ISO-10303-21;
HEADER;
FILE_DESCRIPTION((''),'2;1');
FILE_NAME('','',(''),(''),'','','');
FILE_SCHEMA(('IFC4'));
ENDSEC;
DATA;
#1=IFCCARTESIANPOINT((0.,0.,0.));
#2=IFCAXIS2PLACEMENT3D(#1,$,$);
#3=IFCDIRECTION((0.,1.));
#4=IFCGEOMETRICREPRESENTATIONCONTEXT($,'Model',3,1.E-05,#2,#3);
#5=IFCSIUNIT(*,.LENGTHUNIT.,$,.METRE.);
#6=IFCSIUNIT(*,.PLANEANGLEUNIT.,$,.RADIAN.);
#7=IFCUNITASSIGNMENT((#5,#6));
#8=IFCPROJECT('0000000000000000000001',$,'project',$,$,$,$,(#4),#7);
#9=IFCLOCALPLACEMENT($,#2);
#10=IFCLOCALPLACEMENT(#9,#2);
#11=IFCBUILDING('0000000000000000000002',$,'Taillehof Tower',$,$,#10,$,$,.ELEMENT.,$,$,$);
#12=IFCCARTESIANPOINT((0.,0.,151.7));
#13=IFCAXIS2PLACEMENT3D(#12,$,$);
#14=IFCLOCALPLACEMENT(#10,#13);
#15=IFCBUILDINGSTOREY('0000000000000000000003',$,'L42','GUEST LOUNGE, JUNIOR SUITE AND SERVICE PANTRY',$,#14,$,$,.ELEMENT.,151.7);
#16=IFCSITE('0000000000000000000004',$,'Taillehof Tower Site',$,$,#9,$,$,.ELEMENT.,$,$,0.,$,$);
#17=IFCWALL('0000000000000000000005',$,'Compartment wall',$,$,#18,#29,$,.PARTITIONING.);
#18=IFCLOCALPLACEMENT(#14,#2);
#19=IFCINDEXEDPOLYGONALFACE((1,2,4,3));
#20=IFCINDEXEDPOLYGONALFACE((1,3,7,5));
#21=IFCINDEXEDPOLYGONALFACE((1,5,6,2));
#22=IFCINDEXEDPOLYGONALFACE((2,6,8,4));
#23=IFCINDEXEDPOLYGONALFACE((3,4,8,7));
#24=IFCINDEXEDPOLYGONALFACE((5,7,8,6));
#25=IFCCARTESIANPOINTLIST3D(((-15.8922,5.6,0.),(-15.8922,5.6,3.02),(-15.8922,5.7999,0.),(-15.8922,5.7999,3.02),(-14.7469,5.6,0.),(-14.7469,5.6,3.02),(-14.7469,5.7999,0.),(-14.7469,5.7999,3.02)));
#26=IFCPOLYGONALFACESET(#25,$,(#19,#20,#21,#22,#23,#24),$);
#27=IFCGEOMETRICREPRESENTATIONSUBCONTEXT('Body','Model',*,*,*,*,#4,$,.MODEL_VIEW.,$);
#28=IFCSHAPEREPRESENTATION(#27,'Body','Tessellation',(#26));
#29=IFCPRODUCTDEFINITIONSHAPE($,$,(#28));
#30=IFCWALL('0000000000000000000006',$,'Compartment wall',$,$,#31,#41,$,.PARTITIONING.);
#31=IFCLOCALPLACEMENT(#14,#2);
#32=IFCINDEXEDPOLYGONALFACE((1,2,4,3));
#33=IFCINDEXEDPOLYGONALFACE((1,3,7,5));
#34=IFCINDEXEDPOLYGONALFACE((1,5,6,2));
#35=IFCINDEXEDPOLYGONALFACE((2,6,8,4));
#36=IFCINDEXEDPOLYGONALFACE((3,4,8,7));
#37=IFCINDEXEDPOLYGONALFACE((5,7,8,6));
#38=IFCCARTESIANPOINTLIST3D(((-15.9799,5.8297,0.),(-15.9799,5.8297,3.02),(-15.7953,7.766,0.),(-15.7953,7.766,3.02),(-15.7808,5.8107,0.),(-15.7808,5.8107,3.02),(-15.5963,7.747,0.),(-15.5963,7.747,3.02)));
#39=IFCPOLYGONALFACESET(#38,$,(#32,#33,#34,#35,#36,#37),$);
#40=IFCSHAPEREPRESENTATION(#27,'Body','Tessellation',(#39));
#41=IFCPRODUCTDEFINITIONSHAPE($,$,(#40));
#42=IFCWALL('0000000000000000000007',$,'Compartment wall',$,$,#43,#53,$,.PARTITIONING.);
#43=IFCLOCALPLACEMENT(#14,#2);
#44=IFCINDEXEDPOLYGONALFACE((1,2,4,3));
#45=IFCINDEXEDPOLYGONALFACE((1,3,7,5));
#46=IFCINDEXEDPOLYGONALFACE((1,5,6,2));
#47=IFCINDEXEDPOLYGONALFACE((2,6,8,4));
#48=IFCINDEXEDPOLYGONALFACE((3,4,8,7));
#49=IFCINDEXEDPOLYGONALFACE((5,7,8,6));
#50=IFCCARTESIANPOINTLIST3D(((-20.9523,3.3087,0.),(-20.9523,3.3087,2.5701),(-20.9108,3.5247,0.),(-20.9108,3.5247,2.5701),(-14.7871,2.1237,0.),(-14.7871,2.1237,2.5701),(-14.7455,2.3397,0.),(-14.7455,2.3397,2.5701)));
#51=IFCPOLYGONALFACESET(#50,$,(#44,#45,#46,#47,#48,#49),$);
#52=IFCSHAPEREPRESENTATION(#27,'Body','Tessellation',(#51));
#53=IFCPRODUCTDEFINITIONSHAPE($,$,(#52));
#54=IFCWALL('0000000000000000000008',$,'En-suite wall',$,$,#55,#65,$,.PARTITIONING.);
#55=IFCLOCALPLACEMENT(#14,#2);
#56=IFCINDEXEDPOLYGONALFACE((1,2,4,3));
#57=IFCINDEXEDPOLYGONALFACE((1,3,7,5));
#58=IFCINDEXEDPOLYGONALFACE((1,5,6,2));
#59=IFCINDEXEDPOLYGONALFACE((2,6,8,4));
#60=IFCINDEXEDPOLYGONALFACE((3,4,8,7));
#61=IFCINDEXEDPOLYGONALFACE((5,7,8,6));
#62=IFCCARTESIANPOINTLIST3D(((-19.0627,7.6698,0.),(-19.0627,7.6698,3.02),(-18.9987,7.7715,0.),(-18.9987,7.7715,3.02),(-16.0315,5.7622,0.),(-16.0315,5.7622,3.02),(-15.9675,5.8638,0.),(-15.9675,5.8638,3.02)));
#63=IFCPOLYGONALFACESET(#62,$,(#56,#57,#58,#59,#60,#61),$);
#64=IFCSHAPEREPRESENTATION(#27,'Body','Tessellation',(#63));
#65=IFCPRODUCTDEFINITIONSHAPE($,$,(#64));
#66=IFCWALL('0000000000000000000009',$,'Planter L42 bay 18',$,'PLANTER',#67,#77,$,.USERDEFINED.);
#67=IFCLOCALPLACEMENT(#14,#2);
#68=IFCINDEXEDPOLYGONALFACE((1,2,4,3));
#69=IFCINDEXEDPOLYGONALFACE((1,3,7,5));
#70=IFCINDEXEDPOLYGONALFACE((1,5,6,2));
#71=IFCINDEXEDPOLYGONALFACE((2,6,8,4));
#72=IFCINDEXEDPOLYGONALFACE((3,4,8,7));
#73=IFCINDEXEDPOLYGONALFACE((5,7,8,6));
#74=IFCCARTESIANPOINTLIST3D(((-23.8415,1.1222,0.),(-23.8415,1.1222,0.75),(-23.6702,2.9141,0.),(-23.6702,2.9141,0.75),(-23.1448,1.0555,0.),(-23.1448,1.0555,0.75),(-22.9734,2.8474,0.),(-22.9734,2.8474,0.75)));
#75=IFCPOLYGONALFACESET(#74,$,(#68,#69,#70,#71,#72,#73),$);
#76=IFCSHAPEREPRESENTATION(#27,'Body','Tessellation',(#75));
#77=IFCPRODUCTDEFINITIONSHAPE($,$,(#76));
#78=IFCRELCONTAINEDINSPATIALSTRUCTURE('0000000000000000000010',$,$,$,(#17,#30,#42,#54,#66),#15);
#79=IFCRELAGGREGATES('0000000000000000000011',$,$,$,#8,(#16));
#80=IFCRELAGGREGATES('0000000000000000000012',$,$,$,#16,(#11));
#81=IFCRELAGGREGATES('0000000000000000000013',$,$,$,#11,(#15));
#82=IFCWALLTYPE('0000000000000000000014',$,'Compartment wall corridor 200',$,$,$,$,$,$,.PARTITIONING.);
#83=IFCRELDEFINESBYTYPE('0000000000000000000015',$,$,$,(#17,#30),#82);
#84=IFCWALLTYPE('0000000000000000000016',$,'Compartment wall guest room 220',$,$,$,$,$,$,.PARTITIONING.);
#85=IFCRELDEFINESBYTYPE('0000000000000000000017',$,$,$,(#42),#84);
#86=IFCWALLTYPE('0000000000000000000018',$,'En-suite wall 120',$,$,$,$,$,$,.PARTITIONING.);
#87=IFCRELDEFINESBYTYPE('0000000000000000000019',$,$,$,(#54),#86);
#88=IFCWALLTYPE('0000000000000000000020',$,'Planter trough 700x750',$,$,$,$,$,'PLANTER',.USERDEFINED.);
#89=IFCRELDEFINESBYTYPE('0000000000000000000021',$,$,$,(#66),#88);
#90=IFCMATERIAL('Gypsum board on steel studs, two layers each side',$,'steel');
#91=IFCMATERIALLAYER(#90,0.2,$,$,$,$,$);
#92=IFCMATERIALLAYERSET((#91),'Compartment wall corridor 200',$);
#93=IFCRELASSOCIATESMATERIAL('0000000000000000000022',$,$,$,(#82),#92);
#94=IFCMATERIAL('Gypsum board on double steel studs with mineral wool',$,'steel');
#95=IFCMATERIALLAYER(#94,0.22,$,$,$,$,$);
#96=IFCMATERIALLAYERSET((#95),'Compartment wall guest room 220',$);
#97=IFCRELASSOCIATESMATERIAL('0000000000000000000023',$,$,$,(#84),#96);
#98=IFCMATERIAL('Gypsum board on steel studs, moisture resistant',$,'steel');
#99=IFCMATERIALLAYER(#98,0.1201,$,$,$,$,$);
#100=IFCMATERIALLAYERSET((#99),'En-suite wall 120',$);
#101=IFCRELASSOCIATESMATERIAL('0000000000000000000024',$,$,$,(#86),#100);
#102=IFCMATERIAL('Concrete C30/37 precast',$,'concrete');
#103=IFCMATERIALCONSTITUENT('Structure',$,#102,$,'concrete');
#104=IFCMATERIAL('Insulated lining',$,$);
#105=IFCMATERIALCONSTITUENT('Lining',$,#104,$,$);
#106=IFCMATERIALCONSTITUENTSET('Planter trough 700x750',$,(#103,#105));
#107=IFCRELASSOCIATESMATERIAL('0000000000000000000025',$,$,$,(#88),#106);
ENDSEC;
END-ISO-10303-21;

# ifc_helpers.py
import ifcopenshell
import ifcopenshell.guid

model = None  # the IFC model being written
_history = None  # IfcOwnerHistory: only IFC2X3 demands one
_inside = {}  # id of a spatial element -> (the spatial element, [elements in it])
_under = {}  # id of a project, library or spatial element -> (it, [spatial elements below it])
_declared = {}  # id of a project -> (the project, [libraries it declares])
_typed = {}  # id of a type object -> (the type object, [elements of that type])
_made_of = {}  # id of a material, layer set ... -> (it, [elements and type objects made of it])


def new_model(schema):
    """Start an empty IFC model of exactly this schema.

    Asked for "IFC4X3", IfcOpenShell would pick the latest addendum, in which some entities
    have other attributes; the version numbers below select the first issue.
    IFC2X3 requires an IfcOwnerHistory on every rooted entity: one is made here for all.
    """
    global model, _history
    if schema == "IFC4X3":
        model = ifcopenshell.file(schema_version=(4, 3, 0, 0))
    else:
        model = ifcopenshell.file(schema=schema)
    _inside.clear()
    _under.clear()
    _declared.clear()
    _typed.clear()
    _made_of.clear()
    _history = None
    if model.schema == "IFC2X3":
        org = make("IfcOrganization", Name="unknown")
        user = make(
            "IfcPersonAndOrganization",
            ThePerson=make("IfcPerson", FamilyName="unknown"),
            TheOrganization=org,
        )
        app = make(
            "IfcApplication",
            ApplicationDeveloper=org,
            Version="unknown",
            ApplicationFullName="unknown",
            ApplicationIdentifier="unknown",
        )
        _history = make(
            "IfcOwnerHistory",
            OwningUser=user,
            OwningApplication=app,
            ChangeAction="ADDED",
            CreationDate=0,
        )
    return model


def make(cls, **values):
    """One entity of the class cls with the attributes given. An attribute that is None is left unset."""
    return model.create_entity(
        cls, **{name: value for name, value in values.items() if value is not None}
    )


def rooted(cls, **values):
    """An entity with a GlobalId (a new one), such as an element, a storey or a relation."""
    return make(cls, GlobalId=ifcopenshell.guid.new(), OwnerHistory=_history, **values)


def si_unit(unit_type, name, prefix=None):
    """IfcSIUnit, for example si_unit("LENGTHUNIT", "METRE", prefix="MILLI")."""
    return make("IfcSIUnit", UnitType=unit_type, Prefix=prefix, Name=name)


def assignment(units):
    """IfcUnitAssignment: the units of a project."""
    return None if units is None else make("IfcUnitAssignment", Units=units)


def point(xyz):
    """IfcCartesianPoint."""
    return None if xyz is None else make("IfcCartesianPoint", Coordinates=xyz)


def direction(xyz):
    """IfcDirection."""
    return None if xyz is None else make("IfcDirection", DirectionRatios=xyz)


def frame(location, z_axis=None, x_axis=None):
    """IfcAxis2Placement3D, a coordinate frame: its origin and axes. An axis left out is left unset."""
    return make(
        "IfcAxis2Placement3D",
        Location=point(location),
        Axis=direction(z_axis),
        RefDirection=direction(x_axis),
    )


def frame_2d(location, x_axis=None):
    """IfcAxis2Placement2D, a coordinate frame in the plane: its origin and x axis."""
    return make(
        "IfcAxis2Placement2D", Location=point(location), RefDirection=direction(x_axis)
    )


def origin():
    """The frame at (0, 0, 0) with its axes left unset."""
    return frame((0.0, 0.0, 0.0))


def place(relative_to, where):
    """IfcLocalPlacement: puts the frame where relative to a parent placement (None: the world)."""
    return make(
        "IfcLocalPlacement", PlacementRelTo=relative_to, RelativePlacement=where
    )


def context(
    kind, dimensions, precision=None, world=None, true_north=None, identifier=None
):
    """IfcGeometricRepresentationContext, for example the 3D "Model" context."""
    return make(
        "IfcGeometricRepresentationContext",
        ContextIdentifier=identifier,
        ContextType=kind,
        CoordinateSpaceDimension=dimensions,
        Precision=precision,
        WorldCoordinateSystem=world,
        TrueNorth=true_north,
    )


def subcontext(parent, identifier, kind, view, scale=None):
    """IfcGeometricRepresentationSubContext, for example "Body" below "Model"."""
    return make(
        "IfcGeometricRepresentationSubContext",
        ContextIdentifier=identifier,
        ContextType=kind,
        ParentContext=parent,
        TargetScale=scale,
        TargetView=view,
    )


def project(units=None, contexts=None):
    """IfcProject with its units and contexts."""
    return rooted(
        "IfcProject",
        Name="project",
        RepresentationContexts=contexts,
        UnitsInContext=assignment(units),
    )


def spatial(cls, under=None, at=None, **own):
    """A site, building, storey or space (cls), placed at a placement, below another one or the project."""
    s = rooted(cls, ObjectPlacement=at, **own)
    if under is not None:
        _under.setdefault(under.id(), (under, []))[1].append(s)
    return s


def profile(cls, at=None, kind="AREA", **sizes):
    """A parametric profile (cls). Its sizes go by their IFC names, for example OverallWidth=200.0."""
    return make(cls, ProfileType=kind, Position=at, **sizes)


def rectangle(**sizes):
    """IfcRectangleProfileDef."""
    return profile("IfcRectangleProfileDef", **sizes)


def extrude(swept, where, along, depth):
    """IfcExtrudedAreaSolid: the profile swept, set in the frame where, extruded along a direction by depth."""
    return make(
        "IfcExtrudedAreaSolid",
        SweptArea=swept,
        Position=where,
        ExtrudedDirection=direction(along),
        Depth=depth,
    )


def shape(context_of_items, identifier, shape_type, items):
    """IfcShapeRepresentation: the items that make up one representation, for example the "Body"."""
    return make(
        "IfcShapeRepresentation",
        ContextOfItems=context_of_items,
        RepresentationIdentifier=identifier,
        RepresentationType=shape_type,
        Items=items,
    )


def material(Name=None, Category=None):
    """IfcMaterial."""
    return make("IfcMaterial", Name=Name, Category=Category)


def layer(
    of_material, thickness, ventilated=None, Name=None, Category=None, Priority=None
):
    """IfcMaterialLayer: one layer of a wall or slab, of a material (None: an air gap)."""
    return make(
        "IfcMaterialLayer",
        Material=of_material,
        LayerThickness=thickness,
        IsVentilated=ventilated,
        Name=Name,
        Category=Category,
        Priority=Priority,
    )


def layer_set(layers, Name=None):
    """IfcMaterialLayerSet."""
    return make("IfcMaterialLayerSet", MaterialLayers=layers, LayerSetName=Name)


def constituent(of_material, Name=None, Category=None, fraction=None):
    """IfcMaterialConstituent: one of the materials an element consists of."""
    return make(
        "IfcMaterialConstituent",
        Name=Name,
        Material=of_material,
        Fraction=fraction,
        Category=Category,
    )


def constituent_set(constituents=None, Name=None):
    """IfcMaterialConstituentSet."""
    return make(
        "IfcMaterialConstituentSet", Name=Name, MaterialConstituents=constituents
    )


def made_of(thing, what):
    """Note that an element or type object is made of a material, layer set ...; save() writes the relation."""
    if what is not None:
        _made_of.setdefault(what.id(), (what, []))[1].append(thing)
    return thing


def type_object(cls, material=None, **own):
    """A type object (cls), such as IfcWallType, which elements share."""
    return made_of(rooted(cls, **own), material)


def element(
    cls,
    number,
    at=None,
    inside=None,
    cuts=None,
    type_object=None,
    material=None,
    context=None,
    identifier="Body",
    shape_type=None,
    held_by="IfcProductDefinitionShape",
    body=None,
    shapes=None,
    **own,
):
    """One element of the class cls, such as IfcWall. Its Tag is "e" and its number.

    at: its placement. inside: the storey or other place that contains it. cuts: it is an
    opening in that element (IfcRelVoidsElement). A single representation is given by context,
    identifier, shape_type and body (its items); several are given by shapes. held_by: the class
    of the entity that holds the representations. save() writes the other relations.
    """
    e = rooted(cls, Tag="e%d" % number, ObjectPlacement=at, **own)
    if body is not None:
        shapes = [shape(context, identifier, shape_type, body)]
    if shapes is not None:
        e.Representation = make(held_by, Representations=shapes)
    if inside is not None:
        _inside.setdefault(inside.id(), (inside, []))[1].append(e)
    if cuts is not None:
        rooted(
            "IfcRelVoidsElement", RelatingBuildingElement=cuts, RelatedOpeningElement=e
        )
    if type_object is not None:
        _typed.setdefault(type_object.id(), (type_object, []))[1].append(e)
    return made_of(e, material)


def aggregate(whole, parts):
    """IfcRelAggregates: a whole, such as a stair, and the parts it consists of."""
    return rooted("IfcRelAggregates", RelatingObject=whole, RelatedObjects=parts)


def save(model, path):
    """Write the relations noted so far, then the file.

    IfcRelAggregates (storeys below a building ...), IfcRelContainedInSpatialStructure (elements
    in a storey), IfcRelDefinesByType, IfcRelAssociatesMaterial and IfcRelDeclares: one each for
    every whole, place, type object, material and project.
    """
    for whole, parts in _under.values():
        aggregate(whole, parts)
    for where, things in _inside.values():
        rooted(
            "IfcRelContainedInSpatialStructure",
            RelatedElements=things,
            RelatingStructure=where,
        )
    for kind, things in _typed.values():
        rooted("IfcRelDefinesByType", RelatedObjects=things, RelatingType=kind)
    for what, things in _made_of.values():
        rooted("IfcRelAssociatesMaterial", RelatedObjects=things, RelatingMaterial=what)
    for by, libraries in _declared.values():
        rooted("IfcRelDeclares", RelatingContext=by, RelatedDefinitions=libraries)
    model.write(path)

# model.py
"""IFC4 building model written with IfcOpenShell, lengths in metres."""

from ifc_helpers import new_model, si_unit, direction, frame, frame_2d, origin, place, context, subcontext, project, spatial, rectangle, extrude, material, layer, layer_set, constituent, constituent_set, type_object, element, save


model = new_model("IFC4")

# Units and contexts
model_context = context("Model", 3, precision=1e-05, world=origin(), true_north=direction((0.0, 1.0)))
body_context = subcontext(model_context, "Body", "Model", "MODEL_VIEW")
ifc_project = project(units=[si_unit("LENGTHUNIT", "METRE"), si_unit("PLANEANGLEUNIT", "RADIAN")], contexts=[model_context])

# Site, building, storey
site_placement = place(None, origin())
site = spatial("IfcSite", under=ifc_project, at=site_placement, Name="Taillehof Tower Site", CompositionType="ELEMENT", RefElevation=0.0)
building_placement = place(site_placement, origin())
building = spatial("IfcBuilding", under=site, at=building_placement, Name="Taillehof Tower", CompositionType="ELEMENT")
storey_placement = place(building_placement, frame((0.0, 0.0, 151.7)))
storey = spatial("IfcBuildingStorey", under=building, at=storey_placement, Name="L42", Description="GUEST LOUNGE, JUNIOR SUITE AND SERVICE PANTRY", CompositionType="ELEMENT", Elevation=151.7)

# Walls
ifc_material_1 = material(Name="Gypsum board on steel studs, two layers each side", Category="steel")
ifc_layer_1 = layer(ifc_material_1, 0.2)
ifc_layer_set_1 = layer_set([ifc_layer_1], Name="Compartment wall corridor 200")
wall_type_1 = type_object("IfcWallType", Name="Compartment wall corridor 200", PredefinedType="PARTITIONING", material=ifc_layer_set_1)
wall_1_placement = place(storey_placement, frame((-14.7468, 5.7, 0.0), z_axis=(0.0, 0.0, 1.0), x_axis=(-1.0, 0.0, 0.0)))
element("IfcWall", 1, at=wall_1_placement, inside=storey, type_object=wall_type_1, Name="Compartment wall", PredefinedType="PARTITIONING", context=body_context, shape_type="SweptSolid", body=[
    extrude(rectangle(XDim=1.1453, YDim=0.2, at=frame_2d((0.5728, 0.0))), origin(), (0.0, 0.0, 1.0), 3.02),
])
wall_2_placement = place(storey_placement, frame((-15.8804, 5.8201, 0.0), z_axis=(0.0, 0.0, 1.0), x_axis=(0.094892, 0.995488, 0.0)))
element("IfcWall", 2, at=wall_2_placement, inside=storey, type_object=wall_type_1, Name="Compartment wall", PredefinedType="PARTITIONING", context=body_context, shape_type="SweptSolid", body=[
    extrude(rectangle(XDim=1.9451, YDim=0.2, at=frame_2d((0.9727, 0.0))), origin(), (0.0, 0.0, 1.0), 3.02),
])
ifc_material_2 = material(Name="Gypsum board on double steel studs with mineral wool", Category="steel")
ifc_layer_2 = layer(ifc_material_2, 0.22)
ifc_layer_set_2 = layer_set([ifc_layer_2], Name="Compartment wall guest room 220")
wall_type_2 = type_object("IfcWallType", Name="Compartment wall guest room 220", PredefinedType="PARTITIONING", material=ifc_layer_set_2)
wall_3_placement = place(storey_placement, frame((-20.9316, 3.4167, 0.0), z_axis=(0.0, 0.0, 1.0), x_axis=(0.982023, -0.188759, 0.0)))
element("IfcWall", 3, at=wall_3_placement, inside=storey, type_object=wall_type_2, Name="Compartment wall", PredefinedType="PARTITIONING", context=body_context, shape_type="SweptSolid", body=[
    extrude(rectangle(XDim=6.2781, YDim=0.22, at=frame_2d((3.1392, 0.0))), origin(), (0.0, 0.0, 1.0), 2.5701),
])
ifc_material_3 = material(Name="Gypsum board on steel studs, moisture resistant", Category="steel")
ifc_layer_3 = layer(ifc_material_3, 0.1201)
ifc_layer_set_3 = layer_set([ifc_layer_3], Name="En-suite wall 120")
wall_type_3 = type_object("IfcWallType", Name="En-suite wall 120", PredefinedType="PARTITIONING", material=ifc_layer_set_3)
wall_4_placement = place(storey_placement, frame((-15.9995, 5.813, 0.0), z_axis=(0.0, 0.0, 1.0), x_axis=(-0.84634, 0.532643, 0.0)))
element("IfcWall", 4, at=wall_4_placement, inside=storey, type_object=wall_type_3, Name="En-suite wall", PredefinedType="PARTITIONING", context=body_context, shape_type="SweptSolid", body=[
    extrude(rectangle(XDim=3.5815, YDim=0.1201, at=frame_2d((1.7908, 0.0))), origin(), (0.0, 0.0, 1.0), 3.02),
])
ifc_material_4 = material(Name="Concrete C30/37 precast", Category="concrete")
ifc_constituent_1 = constituent(ifc_material_4, Name="Structure", Category="concrete")
ifc_material_5 = material(Name="Insulated lining")
ifc_constituent_2 = constituent(ifc_material_5, Name="Lining")
ifc_constituent_set = constituent_set(constituents=[ifc_constituent_1, ifc_constituent_2], Name="Planter trough 700x750")
wall_type_4 = type_object("IfcWallType", Name="Planter trough 700x750", ElementType="PLANTER", PredefinedType="USERDEFINED", material=ifc_constituent_set)
wall_5_placement = place(storey_placement, frame((-23.3218, 2.8806, 0.0), z_axis=(0.0, 0.0, 1.0), x_axis=(-0.095206, -0.995458, 0.0)))
element("IfcWall", 5, at=wall_5_placement, inside=storey, type_object=wall_type_4, Name="Planter L42 bay 18", ObjectType="PLANTER", PredefinedType="USERDEFINED", context=body_context, shape_type="SweptSolid", body=[
    extrude(rectangle(XDim=1.8, YDim=0.7, at=frame_2d((0.8999, 0.0))), origin(), (0.0, 0.0, 1.0), 0.75),
])

save(model, "model.ifc")
